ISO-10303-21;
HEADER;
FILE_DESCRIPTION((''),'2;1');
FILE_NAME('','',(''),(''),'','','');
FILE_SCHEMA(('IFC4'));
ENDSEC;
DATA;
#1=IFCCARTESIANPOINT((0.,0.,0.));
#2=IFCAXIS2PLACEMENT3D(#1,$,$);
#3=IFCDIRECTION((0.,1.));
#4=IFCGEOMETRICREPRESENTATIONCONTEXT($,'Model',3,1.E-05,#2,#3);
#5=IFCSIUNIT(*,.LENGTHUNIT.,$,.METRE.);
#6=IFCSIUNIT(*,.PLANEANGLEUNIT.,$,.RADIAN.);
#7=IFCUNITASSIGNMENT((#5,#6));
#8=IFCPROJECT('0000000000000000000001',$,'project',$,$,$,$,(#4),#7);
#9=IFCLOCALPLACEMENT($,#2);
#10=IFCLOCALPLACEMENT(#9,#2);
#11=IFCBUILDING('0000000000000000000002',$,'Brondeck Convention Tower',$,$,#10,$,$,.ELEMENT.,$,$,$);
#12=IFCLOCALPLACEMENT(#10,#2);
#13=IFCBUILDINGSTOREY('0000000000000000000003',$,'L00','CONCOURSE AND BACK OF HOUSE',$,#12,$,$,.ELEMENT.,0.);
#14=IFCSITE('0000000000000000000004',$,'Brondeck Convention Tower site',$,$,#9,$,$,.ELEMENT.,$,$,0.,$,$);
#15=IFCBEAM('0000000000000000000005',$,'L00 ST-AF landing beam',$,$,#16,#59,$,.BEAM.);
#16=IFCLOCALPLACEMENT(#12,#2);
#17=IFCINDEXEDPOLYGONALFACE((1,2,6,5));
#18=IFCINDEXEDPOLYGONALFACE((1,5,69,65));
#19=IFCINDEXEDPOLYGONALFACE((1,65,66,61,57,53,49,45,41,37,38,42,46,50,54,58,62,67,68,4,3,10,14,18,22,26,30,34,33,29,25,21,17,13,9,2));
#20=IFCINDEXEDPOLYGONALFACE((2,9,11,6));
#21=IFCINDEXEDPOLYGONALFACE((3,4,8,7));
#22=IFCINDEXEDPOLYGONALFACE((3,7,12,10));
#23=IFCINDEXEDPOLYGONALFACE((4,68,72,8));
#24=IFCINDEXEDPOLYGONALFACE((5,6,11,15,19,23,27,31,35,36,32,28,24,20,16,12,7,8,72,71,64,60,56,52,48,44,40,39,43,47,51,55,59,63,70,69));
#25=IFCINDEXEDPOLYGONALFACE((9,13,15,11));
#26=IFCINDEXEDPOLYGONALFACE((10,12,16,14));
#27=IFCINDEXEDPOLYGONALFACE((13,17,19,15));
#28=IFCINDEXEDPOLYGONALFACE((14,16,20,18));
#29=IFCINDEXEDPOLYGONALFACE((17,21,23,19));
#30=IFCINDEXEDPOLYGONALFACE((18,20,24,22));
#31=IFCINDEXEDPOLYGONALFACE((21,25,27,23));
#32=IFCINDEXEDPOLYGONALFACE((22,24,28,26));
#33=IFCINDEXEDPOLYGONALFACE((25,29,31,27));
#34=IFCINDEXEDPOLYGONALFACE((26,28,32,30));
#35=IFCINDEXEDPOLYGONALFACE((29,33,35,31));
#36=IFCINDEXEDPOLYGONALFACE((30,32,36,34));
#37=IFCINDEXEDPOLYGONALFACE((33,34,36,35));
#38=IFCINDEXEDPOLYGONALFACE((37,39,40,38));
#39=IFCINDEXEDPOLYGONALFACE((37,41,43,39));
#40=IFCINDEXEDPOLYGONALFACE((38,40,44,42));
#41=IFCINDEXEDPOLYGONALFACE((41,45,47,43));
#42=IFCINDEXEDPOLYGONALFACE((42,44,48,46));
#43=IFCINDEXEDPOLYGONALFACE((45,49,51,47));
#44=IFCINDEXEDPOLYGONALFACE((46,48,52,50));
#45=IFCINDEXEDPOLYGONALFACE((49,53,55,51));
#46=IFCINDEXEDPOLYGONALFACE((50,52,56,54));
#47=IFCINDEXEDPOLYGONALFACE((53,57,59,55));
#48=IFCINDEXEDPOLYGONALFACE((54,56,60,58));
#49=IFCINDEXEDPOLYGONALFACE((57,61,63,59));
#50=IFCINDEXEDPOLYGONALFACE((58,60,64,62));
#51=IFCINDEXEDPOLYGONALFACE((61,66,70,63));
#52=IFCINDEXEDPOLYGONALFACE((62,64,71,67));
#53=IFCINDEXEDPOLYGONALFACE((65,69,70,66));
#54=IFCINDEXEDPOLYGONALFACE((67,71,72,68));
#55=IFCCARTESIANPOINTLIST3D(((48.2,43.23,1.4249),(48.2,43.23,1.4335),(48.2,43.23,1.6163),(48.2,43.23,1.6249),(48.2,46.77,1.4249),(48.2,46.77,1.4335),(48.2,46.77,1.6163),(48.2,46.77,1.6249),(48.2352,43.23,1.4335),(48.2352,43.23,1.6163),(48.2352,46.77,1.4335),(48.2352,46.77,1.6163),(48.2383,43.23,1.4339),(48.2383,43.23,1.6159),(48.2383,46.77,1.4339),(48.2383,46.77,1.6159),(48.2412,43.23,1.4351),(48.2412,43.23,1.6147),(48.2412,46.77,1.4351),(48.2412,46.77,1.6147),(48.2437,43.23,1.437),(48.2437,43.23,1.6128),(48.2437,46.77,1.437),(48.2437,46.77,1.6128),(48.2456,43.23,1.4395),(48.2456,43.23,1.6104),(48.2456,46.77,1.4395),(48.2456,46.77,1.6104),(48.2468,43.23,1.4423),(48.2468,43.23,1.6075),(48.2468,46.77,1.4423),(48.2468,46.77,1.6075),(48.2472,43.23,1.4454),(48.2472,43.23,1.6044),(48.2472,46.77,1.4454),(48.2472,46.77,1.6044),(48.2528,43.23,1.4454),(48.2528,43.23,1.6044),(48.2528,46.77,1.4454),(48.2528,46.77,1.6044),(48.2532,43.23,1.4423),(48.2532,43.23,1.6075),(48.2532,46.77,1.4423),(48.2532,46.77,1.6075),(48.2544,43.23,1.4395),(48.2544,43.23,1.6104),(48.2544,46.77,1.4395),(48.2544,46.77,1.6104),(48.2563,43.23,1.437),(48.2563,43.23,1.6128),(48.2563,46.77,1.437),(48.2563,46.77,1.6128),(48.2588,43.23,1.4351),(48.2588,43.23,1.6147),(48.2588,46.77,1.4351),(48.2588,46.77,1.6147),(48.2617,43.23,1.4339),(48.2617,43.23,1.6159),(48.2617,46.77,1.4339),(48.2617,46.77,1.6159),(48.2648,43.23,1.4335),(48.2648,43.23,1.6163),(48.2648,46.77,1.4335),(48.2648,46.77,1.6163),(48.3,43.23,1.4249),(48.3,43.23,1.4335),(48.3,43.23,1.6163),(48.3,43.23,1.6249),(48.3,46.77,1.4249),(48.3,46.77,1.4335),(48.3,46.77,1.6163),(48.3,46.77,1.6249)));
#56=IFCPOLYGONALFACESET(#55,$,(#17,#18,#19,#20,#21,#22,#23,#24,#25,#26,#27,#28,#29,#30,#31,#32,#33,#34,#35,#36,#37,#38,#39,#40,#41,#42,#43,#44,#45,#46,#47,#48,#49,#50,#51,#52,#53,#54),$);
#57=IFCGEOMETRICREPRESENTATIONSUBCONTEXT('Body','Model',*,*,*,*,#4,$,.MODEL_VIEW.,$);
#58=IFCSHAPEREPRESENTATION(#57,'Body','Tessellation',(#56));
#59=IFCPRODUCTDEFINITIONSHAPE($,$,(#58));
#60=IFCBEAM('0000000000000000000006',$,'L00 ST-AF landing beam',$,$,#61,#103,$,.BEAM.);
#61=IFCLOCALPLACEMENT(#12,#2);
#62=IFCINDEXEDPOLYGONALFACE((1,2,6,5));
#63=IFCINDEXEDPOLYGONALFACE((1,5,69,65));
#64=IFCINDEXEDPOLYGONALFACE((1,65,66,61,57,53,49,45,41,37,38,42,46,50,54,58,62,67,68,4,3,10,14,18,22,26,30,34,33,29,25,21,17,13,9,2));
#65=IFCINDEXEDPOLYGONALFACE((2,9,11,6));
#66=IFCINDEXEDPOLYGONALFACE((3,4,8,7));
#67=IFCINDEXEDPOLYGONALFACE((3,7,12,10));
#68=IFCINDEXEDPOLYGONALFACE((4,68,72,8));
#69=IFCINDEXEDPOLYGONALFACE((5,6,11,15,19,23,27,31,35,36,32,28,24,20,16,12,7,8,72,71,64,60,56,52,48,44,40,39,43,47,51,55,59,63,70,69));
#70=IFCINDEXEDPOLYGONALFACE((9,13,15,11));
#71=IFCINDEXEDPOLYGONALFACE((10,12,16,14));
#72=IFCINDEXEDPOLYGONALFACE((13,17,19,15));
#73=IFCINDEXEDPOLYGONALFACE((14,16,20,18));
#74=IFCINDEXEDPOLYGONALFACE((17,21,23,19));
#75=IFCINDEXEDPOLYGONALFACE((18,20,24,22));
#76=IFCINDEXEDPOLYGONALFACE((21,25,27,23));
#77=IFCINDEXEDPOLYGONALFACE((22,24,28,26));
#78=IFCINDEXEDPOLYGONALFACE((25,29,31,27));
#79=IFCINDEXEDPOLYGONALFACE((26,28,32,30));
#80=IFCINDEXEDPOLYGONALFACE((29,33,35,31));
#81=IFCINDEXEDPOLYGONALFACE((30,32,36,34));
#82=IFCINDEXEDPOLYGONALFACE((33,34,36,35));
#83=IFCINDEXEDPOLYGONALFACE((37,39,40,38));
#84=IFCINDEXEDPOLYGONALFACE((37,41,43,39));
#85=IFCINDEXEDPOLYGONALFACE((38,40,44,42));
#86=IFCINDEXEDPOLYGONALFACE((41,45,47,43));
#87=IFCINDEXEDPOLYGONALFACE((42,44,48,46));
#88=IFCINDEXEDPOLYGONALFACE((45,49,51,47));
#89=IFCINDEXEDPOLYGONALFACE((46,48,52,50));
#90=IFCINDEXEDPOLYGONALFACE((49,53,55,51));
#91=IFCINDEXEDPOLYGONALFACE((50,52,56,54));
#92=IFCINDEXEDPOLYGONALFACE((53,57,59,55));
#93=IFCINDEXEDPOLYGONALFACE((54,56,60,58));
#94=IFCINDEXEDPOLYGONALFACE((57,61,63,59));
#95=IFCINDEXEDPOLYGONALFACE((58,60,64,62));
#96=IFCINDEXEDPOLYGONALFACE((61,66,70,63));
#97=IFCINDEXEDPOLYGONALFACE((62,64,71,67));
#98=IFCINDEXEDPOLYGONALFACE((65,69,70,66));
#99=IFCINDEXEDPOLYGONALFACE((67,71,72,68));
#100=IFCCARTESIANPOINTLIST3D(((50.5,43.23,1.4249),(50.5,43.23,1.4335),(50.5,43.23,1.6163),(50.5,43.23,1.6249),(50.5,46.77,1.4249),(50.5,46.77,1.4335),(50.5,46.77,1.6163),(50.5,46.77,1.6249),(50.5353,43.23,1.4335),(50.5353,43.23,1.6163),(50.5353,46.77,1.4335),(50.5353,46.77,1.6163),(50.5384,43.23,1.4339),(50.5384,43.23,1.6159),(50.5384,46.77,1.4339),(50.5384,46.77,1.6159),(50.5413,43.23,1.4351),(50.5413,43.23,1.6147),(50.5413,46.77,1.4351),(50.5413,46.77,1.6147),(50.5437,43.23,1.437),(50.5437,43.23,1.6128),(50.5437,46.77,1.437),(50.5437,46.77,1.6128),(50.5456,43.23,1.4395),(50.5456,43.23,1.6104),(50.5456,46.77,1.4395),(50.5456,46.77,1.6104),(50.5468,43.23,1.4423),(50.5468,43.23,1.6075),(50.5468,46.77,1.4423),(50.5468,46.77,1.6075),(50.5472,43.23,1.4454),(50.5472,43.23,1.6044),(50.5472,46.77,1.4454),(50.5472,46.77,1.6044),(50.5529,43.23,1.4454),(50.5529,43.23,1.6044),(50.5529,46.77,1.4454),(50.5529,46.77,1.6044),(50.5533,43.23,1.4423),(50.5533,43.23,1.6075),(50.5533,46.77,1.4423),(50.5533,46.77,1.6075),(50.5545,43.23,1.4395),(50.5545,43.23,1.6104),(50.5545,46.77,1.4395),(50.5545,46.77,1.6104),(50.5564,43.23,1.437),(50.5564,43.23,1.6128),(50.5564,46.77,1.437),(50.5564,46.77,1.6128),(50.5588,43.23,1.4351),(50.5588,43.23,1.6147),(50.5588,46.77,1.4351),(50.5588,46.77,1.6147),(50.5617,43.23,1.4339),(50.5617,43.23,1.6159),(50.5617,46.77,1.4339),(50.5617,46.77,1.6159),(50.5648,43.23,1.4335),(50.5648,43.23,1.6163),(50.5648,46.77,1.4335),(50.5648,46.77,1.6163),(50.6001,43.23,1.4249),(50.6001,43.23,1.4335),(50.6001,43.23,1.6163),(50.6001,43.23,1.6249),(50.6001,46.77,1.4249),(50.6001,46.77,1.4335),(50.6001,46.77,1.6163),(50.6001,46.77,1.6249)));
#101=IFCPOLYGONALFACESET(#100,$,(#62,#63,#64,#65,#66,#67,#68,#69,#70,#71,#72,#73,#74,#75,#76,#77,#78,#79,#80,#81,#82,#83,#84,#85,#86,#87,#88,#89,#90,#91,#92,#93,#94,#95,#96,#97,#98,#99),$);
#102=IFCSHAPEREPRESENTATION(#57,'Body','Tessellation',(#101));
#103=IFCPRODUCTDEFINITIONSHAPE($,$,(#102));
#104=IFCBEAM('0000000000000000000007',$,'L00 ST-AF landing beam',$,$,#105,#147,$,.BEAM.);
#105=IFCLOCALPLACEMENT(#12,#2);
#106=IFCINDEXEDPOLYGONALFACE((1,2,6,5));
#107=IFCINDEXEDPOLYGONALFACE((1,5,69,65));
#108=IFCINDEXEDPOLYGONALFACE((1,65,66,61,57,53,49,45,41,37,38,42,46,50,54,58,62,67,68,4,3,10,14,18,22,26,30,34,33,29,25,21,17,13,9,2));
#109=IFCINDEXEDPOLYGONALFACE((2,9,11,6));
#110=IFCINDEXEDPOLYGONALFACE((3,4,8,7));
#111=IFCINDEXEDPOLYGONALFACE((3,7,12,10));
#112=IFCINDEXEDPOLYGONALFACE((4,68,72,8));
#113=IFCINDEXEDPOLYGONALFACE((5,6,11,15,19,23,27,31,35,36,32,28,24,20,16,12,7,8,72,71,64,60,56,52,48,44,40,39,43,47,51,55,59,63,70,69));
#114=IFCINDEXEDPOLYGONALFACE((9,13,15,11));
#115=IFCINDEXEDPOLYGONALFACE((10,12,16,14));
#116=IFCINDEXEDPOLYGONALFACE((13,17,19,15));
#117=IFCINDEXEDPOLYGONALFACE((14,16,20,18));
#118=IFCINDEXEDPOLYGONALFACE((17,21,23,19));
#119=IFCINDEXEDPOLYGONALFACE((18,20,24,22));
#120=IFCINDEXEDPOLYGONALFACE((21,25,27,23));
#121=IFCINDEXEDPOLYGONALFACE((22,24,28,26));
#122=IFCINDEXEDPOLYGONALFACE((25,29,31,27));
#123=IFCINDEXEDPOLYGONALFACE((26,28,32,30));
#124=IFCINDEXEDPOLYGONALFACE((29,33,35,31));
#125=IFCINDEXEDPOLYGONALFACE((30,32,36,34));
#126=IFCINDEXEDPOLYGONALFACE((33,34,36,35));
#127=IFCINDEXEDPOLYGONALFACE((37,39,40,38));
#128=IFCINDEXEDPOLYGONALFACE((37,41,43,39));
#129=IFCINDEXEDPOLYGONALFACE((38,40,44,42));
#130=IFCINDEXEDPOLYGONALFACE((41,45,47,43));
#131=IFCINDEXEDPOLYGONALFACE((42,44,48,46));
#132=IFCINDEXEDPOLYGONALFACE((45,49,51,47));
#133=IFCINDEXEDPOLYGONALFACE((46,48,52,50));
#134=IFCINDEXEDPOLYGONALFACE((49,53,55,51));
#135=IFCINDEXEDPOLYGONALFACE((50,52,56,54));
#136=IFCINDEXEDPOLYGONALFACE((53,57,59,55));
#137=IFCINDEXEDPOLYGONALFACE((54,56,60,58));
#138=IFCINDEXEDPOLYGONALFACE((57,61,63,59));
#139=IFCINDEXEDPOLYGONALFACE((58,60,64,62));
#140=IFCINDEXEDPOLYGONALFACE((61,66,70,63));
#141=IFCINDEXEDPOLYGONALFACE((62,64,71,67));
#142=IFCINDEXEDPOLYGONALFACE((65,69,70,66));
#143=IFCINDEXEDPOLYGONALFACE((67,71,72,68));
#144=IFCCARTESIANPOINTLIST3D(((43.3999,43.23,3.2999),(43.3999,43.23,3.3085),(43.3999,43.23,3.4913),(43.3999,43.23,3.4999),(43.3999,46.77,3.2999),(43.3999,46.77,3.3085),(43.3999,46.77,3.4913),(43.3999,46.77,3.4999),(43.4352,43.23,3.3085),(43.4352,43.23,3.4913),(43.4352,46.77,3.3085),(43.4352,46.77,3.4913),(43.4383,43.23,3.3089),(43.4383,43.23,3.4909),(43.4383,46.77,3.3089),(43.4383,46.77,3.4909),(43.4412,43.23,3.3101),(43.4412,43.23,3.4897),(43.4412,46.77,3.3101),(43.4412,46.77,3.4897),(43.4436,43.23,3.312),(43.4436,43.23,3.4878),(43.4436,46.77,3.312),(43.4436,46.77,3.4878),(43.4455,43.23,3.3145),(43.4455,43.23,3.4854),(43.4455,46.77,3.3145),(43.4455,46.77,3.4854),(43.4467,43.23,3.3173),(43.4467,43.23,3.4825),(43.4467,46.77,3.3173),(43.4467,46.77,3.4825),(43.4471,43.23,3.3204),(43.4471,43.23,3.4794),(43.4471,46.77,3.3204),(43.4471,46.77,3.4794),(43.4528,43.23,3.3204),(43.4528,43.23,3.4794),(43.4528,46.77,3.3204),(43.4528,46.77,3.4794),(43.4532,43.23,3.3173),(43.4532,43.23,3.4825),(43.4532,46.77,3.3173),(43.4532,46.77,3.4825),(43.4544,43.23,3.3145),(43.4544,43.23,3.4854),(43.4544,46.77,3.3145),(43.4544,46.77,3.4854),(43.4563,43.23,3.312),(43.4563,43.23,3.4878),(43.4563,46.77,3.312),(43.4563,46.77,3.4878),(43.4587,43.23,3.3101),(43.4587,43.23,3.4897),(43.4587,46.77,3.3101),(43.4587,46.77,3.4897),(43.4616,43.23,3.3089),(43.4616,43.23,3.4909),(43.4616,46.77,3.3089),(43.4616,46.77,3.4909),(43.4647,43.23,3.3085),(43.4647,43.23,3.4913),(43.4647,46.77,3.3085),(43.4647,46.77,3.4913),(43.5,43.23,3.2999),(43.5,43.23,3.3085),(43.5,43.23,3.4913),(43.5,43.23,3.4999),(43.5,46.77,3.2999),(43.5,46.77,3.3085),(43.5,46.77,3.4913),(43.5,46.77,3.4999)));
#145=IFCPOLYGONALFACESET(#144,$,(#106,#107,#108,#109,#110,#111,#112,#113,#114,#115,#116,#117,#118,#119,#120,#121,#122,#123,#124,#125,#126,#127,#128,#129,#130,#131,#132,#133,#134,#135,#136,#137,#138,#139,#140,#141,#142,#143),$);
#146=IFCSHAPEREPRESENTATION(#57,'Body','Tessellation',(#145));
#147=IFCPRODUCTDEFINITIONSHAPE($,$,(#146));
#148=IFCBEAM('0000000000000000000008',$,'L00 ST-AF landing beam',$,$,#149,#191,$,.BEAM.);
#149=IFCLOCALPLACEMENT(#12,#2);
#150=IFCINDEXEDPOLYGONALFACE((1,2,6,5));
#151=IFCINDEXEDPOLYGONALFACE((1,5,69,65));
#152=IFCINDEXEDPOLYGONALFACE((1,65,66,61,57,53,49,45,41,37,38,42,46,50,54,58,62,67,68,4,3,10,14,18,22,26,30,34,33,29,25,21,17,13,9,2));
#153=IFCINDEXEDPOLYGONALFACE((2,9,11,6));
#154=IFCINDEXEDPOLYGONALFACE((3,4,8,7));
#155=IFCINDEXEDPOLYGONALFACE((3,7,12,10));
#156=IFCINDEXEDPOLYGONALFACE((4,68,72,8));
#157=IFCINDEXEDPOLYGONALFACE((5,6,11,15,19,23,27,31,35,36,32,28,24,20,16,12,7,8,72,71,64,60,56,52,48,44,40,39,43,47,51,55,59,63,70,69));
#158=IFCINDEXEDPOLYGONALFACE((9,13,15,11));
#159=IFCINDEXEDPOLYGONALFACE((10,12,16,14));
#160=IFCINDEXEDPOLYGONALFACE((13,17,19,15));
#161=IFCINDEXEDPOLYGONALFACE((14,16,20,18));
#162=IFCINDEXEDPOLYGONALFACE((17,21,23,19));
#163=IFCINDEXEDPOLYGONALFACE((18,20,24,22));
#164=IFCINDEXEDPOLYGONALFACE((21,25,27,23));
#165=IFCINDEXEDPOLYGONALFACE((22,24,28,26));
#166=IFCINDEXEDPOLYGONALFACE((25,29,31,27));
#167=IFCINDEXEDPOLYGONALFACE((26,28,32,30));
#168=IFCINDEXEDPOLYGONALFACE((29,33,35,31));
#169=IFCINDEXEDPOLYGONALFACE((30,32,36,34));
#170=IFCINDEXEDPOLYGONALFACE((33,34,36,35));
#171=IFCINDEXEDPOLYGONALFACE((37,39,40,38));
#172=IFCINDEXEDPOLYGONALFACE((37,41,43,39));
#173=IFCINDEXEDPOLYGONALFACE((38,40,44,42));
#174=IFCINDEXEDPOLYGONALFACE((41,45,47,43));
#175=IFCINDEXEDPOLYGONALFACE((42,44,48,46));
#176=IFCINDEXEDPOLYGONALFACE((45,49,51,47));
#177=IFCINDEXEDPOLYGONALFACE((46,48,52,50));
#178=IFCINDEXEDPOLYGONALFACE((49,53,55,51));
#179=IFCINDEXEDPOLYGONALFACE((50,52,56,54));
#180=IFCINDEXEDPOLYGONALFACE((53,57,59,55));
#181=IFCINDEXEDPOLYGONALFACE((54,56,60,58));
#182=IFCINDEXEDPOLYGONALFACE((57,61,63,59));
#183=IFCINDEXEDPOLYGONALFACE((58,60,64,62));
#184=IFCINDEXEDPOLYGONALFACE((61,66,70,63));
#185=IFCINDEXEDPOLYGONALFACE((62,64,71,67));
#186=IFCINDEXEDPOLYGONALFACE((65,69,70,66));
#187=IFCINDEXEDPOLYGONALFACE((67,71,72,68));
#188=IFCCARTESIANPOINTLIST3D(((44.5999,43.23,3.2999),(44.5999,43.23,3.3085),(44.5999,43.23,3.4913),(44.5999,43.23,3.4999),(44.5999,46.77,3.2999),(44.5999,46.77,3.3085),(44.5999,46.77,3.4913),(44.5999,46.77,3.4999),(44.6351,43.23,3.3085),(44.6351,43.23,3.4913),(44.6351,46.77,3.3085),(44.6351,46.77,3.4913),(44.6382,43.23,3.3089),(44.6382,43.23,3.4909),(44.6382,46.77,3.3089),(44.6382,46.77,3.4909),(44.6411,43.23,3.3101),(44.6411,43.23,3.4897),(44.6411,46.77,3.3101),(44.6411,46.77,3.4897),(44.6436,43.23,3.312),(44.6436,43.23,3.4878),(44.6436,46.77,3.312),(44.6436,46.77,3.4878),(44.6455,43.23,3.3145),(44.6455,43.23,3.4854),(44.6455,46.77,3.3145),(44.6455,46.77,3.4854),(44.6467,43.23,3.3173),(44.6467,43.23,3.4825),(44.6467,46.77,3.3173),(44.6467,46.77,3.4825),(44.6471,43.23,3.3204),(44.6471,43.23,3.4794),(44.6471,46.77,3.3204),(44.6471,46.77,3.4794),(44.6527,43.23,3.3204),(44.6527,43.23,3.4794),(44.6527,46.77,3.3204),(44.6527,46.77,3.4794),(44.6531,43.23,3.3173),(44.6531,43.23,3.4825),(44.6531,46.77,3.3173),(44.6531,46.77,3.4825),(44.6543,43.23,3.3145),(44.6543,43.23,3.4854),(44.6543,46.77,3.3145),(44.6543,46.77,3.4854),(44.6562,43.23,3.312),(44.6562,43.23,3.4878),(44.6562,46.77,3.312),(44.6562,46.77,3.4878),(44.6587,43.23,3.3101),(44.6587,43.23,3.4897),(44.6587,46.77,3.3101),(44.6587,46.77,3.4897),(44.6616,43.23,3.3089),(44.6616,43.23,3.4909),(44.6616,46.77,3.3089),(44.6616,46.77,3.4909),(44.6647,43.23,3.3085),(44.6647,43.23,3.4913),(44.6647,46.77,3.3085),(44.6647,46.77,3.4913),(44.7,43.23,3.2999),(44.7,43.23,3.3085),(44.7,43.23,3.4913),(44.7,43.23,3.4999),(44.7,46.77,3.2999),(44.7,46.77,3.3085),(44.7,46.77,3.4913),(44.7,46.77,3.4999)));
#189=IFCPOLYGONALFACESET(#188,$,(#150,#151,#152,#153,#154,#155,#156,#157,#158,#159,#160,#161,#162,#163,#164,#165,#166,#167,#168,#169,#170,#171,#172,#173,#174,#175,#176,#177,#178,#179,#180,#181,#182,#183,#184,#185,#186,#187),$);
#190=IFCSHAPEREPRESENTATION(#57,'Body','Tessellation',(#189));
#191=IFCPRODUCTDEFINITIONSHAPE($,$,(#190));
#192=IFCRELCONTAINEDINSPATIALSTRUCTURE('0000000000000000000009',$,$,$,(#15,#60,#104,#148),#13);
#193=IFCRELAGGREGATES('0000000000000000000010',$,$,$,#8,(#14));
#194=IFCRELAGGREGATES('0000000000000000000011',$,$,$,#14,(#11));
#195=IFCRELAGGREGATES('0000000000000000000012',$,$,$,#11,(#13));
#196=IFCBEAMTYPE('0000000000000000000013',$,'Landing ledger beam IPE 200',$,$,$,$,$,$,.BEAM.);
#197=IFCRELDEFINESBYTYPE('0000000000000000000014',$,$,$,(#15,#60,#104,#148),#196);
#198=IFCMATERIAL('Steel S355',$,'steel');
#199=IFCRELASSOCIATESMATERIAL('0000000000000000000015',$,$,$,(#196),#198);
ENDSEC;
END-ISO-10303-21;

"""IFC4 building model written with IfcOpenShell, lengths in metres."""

from ifc_helpers import new_model, si_unit, direction, frame, origin, origin_2d, place, context, subcontext, project, spatial, i_section, extrude, material, material_profile, profile_set, type_object, element, save


model = new_model("IFC4")

# Units and contexts
model_context = context("Model", 3, precision=1e-05, world=origin(), true_north=direction((0.0, 1.0)))
body_context = subcontext(model_context, "Body", "Model", "MODEL_VIEW")
ifc_project = project(units=[si_unit("LENGTHUNIT", "METRE"), si_unit("PLANEANGLEUNIT", "RADIAN")], contexts=[model_context])

# Site, building, storey
site_placement = place(None, origin())
site = spatial("IfcSite", under=ifc_project, at=site_placement, Name="Brondeck Convention Tower site", CompositionType="ELEMENT", RefElevation=0.0)
building_placement = place(site_placement, origin())
building = spatial("IfcBuilding", under=site, at=building_placement, Name="Brondeck Convention Tower", CompositionType="ELEMENT")
storey_placement = place(building_placement, origin())
storey = spatial("IfcBuildingStorey", under=building, at=storey_placement, Name="L00", Description="CONCOURSE AND BACK OF HOUSE", CompositionType="ELEMENT", Elevation=0.0)

# Beams
ifc_material_1 = material(Name="Steel S355", Category="steel")
ifc_material_profile_1 = material_profile(ifc_material_1, i_section(OverallWidth=0.1001, OverallDepth=0.2, WebThickness=0.0056, FlangeThickness=0.0085, FilletRadius=0.012, at=origin_2d()), Name="IPE200")
ifc_profile_set_1 = profile_set([ifc_material_profile_1], Name="Steel S355")
beam_type = type_object("IfcBeamType", Name="Landing ledger beam IPE 200", PredefinedType="BEAM", material=ifc_profile_set_1)
for number, where, z_axis, x_axis, name in (
    (1, (48.25, 43.23, 1.5249), (0.0, 1.0, 0.0), (-1.0, 0.0, 0.0), "L00 ST-AF landing beam"),
    (2, (50.55, 43.23, 1.5249), (0.0, 1.0, 0.0), (-1.0, 0.0, 0.0), "L00 ST-AF landing beam"),
    (3, (43.45, 43.23, 3.3999), (0.0, 1.0, 0.0), (-1.0, 0.0, 0.0), "L00 ST-AF landing beam"),
    (4, (44.6499, 43.23, 3.3999), (0.0, 1.0, 0.0), (-1.0, 0.0, 0.0), "L00 ST-AF landing beam"),
):
    element("IfcBeam", number, at=place(storey_placement, frame(where, z_axis=z_axis, x_axis=x_axis)), inside=storey, type_object=beam_type, Name=name, PredefinedType="BEAM", context=body_context, shape_type="SweptSolid", body=[
        extrude(i_section(OverallWidth=0.1001, OverallDepth=0.2, WebThickness=0.0056, FlangeThickness=0.0085, FilletRadius=0.012, at=origin_2d()), origin(), (0.0, 0.0, 1.0), 3.54),
    ])

save(model, "model.ifc")
